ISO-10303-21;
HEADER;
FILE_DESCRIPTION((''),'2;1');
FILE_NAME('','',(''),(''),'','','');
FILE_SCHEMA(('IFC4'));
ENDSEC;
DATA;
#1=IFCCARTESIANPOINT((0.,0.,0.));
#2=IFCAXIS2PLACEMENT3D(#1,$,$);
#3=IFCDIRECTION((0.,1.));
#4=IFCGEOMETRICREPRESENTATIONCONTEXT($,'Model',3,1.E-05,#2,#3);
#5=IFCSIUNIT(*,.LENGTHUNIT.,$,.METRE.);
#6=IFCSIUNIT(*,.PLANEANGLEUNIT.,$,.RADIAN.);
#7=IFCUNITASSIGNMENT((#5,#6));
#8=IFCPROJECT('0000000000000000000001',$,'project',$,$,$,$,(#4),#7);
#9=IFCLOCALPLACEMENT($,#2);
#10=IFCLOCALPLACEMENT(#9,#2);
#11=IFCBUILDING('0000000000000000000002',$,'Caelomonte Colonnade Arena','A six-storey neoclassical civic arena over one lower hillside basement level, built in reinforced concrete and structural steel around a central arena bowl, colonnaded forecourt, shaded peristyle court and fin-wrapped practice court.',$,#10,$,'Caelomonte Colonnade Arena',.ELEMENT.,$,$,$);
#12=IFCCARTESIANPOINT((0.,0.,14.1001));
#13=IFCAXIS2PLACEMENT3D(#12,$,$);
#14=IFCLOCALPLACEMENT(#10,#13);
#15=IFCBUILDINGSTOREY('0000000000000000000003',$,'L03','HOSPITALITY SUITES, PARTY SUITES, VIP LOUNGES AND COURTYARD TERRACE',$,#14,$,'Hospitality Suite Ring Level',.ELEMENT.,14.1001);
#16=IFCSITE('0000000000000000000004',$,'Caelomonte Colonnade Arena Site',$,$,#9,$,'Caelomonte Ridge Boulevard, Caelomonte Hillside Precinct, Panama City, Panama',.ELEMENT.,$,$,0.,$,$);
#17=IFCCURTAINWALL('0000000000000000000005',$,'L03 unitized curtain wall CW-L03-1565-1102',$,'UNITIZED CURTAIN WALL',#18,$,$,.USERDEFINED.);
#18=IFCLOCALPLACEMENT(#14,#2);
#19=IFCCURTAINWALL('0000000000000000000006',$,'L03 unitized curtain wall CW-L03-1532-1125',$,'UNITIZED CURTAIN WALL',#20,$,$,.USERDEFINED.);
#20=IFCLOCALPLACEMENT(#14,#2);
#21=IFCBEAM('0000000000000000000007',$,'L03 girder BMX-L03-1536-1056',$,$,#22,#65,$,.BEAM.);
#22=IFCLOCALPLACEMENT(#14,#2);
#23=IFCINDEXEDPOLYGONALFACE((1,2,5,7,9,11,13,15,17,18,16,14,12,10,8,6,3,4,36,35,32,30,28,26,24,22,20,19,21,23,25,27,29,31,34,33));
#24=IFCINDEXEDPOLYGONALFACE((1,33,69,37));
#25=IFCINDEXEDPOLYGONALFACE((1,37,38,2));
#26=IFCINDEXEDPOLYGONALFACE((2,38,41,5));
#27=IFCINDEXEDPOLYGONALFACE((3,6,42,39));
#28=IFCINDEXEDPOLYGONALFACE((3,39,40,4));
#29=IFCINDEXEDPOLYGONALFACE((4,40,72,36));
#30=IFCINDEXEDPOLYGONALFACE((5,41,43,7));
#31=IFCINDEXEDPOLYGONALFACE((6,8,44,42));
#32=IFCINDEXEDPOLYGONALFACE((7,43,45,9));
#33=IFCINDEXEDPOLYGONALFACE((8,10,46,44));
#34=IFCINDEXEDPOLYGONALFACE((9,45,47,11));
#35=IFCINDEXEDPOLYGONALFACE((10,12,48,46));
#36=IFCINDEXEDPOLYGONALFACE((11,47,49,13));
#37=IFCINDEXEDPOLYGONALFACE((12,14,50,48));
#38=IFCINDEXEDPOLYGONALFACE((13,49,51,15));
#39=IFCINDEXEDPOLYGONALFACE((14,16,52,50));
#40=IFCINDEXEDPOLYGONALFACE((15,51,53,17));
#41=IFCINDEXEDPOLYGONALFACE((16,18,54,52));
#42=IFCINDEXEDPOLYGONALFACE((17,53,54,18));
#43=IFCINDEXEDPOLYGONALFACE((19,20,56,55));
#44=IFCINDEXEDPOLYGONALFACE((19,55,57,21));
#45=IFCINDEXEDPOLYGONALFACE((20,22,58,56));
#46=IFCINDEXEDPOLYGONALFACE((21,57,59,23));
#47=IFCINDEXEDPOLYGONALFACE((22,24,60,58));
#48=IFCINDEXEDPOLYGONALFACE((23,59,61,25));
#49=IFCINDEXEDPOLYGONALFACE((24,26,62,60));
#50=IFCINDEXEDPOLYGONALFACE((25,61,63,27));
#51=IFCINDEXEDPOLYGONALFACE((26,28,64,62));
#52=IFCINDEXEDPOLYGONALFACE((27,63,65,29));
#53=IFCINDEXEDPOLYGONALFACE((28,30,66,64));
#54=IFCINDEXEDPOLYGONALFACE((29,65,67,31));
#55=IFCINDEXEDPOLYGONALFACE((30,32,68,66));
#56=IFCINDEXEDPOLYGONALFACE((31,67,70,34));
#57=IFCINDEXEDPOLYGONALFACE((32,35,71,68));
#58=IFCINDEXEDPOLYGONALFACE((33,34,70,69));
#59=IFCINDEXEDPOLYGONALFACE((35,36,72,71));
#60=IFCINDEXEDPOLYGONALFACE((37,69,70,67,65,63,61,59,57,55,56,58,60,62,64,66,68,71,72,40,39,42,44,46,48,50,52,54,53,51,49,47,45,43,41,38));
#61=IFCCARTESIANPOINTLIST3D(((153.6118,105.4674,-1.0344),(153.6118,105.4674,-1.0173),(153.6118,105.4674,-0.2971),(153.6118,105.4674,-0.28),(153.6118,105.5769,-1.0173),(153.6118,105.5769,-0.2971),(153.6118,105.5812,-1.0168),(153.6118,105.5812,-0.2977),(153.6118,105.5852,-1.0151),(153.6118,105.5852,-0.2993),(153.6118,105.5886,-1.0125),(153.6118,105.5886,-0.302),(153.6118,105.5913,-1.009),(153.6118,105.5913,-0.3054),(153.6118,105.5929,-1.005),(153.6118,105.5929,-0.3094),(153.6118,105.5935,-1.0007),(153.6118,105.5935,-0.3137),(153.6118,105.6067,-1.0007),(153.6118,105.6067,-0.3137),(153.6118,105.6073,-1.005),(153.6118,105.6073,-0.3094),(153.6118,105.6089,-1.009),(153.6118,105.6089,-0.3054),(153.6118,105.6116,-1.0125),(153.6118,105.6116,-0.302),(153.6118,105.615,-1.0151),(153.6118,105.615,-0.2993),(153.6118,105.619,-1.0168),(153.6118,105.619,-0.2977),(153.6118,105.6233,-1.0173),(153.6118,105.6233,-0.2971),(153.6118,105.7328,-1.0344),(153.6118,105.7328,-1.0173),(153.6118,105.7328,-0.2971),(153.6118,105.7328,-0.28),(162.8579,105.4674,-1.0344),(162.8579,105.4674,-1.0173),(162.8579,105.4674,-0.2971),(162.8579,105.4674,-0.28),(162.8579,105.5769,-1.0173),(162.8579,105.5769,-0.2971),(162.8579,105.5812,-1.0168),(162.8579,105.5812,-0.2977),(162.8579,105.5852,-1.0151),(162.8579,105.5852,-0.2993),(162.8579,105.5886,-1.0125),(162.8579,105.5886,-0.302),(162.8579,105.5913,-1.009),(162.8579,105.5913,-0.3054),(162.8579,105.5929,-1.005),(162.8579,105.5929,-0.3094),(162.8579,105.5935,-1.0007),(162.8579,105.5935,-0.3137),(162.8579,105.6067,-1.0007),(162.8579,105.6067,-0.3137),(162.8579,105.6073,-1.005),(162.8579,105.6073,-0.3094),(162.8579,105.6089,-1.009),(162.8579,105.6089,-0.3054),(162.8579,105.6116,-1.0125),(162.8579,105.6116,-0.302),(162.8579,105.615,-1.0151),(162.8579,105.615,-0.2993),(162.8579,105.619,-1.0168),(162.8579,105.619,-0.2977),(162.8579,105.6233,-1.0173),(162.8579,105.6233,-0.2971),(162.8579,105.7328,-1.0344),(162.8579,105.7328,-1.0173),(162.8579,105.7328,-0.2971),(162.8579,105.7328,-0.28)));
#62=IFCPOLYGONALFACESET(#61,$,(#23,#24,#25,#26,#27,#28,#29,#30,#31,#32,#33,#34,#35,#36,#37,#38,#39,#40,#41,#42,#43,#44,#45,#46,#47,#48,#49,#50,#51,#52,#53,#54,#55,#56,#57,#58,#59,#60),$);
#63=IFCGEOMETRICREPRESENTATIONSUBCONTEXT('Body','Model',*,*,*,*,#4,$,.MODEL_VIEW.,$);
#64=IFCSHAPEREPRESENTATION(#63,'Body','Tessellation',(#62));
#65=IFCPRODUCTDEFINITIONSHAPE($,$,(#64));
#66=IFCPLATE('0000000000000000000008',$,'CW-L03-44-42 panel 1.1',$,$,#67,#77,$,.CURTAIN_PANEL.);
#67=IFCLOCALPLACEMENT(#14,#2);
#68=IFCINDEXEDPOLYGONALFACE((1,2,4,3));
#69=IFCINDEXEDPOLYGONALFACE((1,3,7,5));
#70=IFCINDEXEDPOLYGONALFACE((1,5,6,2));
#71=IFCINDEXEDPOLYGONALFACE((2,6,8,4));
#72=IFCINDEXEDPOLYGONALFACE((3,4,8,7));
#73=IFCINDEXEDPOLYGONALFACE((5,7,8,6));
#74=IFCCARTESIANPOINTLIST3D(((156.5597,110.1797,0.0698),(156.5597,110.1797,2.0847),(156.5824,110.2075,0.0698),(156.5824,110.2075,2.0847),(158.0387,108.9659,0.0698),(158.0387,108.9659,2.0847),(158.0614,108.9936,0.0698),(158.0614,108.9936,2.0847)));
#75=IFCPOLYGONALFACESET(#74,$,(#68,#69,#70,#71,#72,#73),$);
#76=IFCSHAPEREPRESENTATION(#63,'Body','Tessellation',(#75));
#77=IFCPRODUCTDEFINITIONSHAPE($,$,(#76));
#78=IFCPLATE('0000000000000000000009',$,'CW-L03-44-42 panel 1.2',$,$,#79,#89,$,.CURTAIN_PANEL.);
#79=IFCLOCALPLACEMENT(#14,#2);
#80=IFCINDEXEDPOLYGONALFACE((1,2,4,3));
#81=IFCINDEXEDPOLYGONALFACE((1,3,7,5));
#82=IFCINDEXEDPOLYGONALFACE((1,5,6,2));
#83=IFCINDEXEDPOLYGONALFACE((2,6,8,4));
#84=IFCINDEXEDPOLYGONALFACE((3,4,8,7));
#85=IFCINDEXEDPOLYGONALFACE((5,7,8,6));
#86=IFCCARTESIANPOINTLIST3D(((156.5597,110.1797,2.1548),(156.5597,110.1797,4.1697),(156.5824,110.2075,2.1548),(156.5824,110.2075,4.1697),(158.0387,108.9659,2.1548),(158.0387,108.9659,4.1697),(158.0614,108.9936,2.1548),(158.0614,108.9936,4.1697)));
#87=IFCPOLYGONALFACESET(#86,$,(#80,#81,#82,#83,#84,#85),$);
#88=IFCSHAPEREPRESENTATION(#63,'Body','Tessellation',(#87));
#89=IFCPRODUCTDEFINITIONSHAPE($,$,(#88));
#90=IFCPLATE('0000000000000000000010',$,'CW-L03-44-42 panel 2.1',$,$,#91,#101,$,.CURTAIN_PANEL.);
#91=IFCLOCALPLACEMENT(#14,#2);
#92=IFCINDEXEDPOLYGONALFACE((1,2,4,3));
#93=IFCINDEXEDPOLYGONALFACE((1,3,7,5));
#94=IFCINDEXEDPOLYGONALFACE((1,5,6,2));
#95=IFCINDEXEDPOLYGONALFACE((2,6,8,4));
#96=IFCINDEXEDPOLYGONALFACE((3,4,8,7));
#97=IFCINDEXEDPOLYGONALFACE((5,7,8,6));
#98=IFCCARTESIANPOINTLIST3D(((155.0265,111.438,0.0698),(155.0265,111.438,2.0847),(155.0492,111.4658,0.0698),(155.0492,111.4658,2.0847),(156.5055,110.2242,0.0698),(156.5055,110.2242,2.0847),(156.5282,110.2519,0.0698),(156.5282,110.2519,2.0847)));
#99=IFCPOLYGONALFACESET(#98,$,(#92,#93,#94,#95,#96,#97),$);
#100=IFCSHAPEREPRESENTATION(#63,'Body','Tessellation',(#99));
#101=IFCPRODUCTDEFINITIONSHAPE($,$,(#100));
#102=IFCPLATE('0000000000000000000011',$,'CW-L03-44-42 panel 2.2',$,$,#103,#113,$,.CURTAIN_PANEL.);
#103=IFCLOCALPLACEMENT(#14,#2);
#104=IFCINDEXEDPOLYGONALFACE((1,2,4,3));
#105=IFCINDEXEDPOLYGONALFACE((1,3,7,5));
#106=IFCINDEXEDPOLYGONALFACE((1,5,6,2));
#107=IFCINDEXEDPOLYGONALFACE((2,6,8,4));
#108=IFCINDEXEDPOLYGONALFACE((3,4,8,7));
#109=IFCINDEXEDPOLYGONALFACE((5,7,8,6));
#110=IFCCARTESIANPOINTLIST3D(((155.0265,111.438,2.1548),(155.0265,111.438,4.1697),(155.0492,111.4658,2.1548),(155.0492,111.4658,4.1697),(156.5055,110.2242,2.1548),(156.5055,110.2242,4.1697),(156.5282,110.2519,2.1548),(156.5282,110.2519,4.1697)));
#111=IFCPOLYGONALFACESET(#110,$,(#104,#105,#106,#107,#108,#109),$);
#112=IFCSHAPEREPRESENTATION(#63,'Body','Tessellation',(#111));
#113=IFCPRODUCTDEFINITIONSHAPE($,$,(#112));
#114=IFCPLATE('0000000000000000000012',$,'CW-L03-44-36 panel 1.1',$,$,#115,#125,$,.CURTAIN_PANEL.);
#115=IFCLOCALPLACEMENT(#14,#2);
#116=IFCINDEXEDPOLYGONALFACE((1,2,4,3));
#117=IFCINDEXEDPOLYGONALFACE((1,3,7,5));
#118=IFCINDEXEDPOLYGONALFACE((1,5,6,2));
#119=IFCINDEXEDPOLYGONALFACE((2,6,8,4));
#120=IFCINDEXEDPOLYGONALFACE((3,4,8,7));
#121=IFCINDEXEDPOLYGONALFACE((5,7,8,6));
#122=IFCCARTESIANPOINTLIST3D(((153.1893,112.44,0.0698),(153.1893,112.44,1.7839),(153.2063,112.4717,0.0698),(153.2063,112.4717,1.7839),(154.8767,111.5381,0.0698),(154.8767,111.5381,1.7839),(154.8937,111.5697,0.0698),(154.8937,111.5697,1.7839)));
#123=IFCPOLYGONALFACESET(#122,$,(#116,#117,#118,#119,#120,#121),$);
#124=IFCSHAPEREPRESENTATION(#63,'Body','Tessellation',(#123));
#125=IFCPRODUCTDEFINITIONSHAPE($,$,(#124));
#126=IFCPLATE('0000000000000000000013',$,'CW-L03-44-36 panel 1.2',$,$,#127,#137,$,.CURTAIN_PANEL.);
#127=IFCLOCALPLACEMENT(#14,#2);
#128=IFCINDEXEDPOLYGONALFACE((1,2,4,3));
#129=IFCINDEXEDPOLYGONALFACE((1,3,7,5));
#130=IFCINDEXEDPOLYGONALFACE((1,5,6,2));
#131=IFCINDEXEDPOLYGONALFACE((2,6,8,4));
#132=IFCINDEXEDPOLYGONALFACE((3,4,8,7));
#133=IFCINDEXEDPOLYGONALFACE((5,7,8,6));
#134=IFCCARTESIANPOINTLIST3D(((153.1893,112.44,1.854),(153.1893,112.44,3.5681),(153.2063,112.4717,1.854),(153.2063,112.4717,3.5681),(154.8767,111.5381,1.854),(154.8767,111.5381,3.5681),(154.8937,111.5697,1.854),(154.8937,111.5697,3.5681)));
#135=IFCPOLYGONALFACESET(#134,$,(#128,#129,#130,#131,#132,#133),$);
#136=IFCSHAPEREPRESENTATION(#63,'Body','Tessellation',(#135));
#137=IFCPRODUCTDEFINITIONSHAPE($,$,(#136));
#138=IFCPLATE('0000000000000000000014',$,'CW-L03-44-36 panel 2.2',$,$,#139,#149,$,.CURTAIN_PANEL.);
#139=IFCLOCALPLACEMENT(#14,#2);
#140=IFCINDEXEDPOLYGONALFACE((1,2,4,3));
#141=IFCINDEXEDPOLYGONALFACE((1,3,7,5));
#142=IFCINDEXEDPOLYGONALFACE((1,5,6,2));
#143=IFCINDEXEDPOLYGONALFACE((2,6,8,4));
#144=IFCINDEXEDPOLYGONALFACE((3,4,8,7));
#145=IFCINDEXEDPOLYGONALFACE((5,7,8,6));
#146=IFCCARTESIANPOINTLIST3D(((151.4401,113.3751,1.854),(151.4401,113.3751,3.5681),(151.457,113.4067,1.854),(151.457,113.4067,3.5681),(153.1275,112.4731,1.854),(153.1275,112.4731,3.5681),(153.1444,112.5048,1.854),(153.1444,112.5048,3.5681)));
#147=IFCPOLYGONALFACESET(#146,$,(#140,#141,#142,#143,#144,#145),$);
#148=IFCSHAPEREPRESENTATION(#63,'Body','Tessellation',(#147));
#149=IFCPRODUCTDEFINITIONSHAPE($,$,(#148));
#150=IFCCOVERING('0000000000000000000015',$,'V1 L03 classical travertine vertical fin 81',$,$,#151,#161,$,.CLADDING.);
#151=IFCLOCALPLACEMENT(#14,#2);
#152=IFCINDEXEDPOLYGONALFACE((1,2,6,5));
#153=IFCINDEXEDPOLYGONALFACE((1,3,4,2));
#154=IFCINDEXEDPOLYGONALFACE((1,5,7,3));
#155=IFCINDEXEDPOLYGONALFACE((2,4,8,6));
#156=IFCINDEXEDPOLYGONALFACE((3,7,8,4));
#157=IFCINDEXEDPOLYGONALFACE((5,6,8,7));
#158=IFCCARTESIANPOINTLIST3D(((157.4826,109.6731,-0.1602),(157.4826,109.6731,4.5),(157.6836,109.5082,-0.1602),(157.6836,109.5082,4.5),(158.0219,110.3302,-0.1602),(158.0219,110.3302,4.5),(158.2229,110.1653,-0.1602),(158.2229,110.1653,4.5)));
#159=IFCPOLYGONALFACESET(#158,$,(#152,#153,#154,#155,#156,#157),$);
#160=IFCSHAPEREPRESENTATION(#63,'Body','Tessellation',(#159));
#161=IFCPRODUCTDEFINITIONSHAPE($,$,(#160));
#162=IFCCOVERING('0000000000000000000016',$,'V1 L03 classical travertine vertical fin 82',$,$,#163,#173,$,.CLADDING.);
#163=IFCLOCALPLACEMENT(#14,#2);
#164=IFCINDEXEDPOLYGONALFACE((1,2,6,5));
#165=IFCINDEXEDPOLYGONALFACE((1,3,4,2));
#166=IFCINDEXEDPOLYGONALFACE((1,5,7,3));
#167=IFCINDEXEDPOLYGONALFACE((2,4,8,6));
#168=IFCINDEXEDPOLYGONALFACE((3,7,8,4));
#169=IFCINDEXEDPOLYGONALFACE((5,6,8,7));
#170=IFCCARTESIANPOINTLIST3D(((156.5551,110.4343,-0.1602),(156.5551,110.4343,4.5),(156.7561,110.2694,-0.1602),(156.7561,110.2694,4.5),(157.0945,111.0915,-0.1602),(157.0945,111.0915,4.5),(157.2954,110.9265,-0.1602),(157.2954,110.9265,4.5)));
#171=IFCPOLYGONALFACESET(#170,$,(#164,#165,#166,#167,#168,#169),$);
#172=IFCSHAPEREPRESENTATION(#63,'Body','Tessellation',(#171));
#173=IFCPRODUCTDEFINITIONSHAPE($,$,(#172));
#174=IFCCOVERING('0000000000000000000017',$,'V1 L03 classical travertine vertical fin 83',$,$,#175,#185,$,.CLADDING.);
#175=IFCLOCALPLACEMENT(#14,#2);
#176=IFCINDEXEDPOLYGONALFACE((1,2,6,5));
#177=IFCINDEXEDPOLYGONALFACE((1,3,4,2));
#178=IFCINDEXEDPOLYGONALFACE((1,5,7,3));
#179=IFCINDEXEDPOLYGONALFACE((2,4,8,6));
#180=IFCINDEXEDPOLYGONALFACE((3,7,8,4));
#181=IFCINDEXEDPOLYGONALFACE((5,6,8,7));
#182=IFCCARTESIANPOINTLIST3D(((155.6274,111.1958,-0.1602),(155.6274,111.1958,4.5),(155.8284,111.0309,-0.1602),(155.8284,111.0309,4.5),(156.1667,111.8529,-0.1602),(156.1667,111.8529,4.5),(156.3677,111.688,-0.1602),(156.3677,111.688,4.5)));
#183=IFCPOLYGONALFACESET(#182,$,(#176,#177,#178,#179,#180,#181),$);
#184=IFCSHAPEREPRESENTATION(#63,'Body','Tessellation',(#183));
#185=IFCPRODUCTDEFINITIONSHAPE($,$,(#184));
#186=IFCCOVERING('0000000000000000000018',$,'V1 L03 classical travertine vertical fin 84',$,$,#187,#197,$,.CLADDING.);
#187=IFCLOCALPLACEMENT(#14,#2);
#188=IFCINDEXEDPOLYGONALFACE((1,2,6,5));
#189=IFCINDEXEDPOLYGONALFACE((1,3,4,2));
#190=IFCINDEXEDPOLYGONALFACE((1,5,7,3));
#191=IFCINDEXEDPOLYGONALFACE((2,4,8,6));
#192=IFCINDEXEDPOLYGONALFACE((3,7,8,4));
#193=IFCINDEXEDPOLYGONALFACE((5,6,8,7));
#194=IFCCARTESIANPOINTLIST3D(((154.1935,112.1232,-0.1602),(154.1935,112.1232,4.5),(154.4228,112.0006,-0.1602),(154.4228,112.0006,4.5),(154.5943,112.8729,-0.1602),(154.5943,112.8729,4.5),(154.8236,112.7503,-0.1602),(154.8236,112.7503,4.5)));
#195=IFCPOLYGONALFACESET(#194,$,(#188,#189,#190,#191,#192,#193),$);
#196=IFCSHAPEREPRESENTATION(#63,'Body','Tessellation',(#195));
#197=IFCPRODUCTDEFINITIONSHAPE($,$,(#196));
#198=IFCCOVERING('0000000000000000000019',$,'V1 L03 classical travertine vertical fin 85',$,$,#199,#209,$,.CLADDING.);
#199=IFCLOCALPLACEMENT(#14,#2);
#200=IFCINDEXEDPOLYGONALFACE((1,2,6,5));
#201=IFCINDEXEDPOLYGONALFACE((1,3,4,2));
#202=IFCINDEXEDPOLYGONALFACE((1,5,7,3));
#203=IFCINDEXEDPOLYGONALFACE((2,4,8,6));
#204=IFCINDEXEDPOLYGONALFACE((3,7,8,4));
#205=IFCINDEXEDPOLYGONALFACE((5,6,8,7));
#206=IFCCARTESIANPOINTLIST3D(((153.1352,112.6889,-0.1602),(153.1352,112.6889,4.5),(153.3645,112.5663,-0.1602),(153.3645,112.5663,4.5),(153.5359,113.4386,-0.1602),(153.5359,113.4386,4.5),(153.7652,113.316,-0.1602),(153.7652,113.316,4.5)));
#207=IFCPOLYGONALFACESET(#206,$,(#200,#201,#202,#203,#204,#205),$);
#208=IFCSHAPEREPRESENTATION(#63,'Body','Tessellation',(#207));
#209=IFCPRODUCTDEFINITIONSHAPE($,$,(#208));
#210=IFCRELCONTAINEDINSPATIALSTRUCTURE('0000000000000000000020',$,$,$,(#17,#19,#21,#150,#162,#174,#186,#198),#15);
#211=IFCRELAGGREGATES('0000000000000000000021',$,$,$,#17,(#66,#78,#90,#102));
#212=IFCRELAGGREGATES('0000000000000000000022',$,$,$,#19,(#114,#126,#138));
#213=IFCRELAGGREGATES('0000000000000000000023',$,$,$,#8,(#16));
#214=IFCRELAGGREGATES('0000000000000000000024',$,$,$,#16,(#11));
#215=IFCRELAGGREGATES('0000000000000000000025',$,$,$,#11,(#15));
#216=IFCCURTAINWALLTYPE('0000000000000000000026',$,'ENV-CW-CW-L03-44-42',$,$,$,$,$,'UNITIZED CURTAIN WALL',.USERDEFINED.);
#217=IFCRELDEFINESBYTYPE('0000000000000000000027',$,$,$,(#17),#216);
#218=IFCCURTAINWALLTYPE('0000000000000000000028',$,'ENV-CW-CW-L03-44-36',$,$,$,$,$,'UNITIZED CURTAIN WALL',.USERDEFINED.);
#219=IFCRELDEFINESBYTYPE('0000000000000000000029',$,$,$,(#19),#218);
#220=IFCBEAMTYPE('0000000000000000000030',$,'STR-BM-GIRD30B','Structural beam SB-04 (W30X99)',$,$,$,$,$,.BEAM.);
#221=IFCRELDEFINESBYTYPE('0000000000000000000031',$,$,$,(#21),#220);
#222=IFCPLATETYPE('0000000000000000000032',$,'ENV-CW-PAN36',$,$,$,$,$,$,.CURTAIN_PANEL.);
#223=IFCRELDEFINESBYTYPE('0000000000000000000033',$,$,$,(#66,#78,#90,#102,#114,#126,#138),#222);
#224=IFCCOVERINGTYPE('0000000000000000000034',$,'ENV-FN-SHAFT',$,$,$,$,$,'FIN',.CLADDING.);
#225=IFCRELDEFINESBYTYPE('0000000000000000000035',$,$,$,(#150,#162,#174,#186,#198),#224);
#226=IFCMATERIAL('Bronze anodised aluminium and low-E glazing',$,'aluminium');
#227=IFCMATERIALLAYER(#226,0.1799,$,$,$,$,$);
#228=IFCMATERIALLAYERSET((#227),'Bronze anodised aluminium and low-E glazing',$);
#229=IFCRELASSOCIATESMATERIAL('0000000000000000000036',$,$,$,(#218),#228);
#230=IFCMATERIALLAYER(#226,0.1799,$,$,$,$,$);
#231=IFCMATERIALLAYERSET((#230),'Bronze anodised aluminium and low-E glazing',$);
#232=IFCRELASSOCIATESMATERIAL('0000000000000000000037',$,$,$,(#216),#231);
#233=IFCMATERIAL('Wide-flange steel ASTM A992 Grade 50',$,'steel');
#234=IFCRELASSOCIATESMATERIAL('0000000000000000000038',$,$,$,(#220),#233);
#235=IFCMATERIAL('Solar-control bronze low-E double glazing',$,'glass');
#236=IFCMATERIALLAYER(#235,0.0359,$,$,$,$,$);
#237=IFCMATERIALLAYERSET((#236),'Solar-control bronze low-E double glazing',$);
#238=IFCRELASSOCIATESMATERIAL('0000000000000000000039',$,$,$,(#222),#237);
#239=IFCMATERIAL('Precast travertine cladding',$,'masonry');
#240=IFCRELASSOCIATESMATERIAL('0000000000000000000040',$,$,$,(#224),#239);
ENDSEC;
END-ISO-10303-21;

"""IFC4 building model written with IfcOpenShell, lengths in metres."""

from ifc_helpers import new_model, si_unit, direction, frame, origin, origin_2d, place, context, subcontext, project, spatial, rectangle, i_section, extrude, material, layer, layer_set, material_profile, profile_set, type_object, element, aggregate, save


model = new_model("IFC4")

# Units and contexts
model_context = context("Model", 3, precision=1e-05, world=origin(), true_north=direction((0.0, 1.0)))
body_context = subcontext(model_context, "Body", "Model", "MODEL_VIEW")
ifc_project = project(units=[si_unit("LENGTHUNIT", "METRE"), si_unit("PLANEANGLEUNIT", "RADIAN")], contexts=[model_context])

# Site, building, storey
site_placement = place(None, origin())
site = spatial("IfcSite", under=ifc_project, at=site_placement, Name="Caelomonte Colonnade Arena Site", LongName="Caelomonte Ridge Boulevard, Caelomonte Hillside Precinct, Panama City, Panama", CompositionType="ELEMENT", RefElevation=0.0)
building_placement = place(site_placement, origin())
building = spatial("IfcBuilding", under=site, at=building_placement, Name="Caelomonte Colonnade Arena", Description="A six-storey neoclassical civic arena over one lower hillside basement level, built in reinforced concrete and structural steel around a central arena bowl, colonnaded forecourt, shaded peristyle court and fin-wrapped practice court.", LongName="Caelomonte Colonnade Arena", CompositionType="ELEMENT")
storey_placement = place(building_placement, frame((0.0, 0.0, 14.1001)))
storey = spatial("IfcBuildingStorey", under=building, at=storey_placement, Name="L03", Description="HOSPITALITY SUITES, PARTY SUITES, VIP LOUNGES AND COURTYARD TERRACE", LongName="Hospitality Suite Ring Level", CompositionType="ELEMENT", Elevation=14.1001)

# Shared definitions
ifc_material_1 = material(Name="Wide-flange steel ASTM A992 Grade 50", Category="steel")

# Shared definitions
ifc_material_2 = material(Name="Bronze anodised aluminium and low-E glazing", Category="aluminium")
ifc_layer_1 = layer(ifc_material_2, 0.1799)
ifc_layer_set_1 = layer_set([ifc_layer_1], Name="Bronze anodised aluminium and low-E glazing")
curtain_wall_type_1 = type_object("IfcCurtainWallType", Name="ENV-CW-CW-L03-44-36", ElementType="UNITIZED CURTAIN WALL", PredefinedType="USERDEFINED", material=ifc_layer_set_1)

# Curtain walls
ifc_layer_2 = layer(ifc_material_2, 0.1799)
ifc_layer_set_2 = layer_set([ifc_layer_2], Name="Bronze anodised aluminium and low-E glazing")
curtain_wall_type_2 = type_object("IfcCurtainWallType", Name="ENV-CW-CW-L03-44-42", ElementType="UNITIZED CURTAIN WALL", PredefinedType="USERDEFINED", material=ifc_layer_set_2)
curtain_wall_1_placement = place(storey_placement, origin())
curtain_wall_1 = element("IfcCurtainWall", 1, at=curtain_wall_1_placement, inside=storey, type_object=curtain_wall_type_2, Name="L03 unitized curtain wall CW-L03-1565-1102", ObjectType="UNITIZED CURTAIN WALL", PredefinedType="USERDEFINED")
curtain_wall_2_placement = place(storey_placement, origin())
curtain_wall_2 = element("IfcCurtainWall", 2, at=curtain_wall_2_placement, inside=storey, type_object=curtain_wall_type_1, Name="L03 unitized curtain wall CW-L03-1532-1125", ObjectType="UNITIZED CURTAIN WALL", PredefinedType="USERDEFINED")

# Beam
ifc_material_profile_1 = material_profile(ifc_material_1, i_section(OverallWidth=0.2654, OverallDepth=0.7544, WebThickness=0.0132, FlangeThickness=0.0171, FilletRadius=0.0166, at=origin_2d()), Name="W30X99")
ifc_profile_set_1 = profile_set([ifc_material_profile_1], Name="Wide-flange steel ASTM A992 Grade 50")
beam_type_1 = type_object("IfcBeamType", Name="STR-BM-GIRD30B", Description="Structural beam SB-04 (W30X99)", PredefinedType="BEAM", material=ifc_profile_set_1)
beam_1_placement = place(storey_placement, frame((153.6118, 105.6001, -0.6572), z_axis=(1.0, 0.0, 0.0), x_axis=(0.0, 1.0, 0.0)))
element("IfcBeam", 3, at=beam_1_placement, inside=storey, type_object=beam_type_1, Name="L03 girder BMX-L03-1536-1056", PredefinedType="BEAM", context=body_context, shape_type="SweptSolid", body=[
    extrude(i_section(OverallWidth=0.2654, OverallDepth=0.7544, WebThickness=0.0132, FlangeThickness=0.0171, FilletRadius=0.0166, at=origin_2d()), origin(), (0.0, 0.0, 1.0), 9.2461),
])

# Plates
ifc_material_3 = material(Name="Solar-control bronze low-E double glazing", Category="glass")
ifc_layer_3 = layer(ifc_material_3, 0.0359)
ifc_layer_set_3 = layer_set([ifc_layer_3], Name="Solar-control bronze low-E double glazing")
plate_type = type_object("IfcPlateType", Name="ENV-CW-PAN36", PredefinedType="CURTAIN_PANEL", material=ifc_layer_set_3)
plate_1_placement = place(storey_placement, frame((157.3105, 109.5867, 0.0698), z_axis=(0.0, 0.0, 1.0), x_axis=(-0.772992, 0.634416, 0.0)))
plate_1 = element("IfcPlate", 4, at=plate_1_placement, type_object=plate_type, Name="CW-L03-44-42 panel 1.1", PredefinedType="CURTAIN_PANEL", context=body_context, shape_type="SweptSolid", body=[
    extrude(rectangle(XDim=1.9133, YDim=0.0359, at=origin_2d()), origin(), (0.0, 0.0, 1.0), 2.0149),
])
plate_2_placement = place(storey_placement, frame((157.3105, 109.5867, 2.1548), z_axis=(0.0, 0.0, 1.0), x_axis=(-0.772992, 0.634416, 0.0)))
plate_2 = element("IfcPlate", 5, at=plate_2_placement, type_object=plate_type, Name="CW-L03-44-42 panel 1.2", PredefinedType="CURTAIN_PANEL", context=body_context, shape_type="SweptSolid", body=[
    extrude(rectangle(XDim=1.9133, YDim=0.0359, at=origin_2d()), origin(), (0.0, 0.0, 1.0), 2.0149),
])
plate_3_placement = place(storey_placement, frame((155.7773, 110.845, 0.0698), z_axis=(0.0, 0.0, 1.0), x_axis=(-0.772992, 0.634416, 0.0)))
plate_3 = element("IfcPlate", 6, at=plate_3_placement, type_object=plate_type, Name="CW-L03-44-42 panel 2.1", PredefinedType="CURTAIN_PANEL", context=body_context, shape_type="SweptSolid", body=[
    extrude(rectangle(XDim=1.9133, YDim=0.0359, at=origin_2d()), origin(), (0.0, 0.0, 1.0), 2.0149),
])
plate_4_placement = place(storey_placement, frame((155.7773, 110.845, 2.1548), z_axis=(0.0, 0.0, 1.0), x_axis=(-0.772992, 0.634416, 0.0)))
plate_4 = element("IfcPlate", 7, at=plate_4_placement, type_object=plate_type, Name="CW-L03-44-42 panel 2.2", PredefinedType="CURTAIN_PANEL", context=body_context, shape_type="SweptSolid", body=[
    extrude(rectangle(XDim=1.9133, YDim=0.0359, at=origin_2d()), origin(), (0.0, 0.0, 1.0), 2.0149),
])
aggregate(curtain_wall_1, [plate_1, plate_2, plate_3, plate_4])
plate_5_placement = place(storey_placement, frame((154.0415, 112.0049, 0.0698), z_axis=(0.0, 0.0, 1.0), x_axis=(-0.881923, 0.471394, 0.0)))
plate_5 = element("IfcPlate", 8, at=plate_5_placement, type_object=plate_type, Name="CW-L03-44-36 panel 1.1", PredefinedType="CURTAIN_PANEL", context=body_context, shape_type="SweptSolid", body=[
    extrude(rectangle(XDim=1.9133, YDim=0.0359, at=origin_2d()), origin(), (0.0, 0.0, 1.0), 1.7141),
])
plate_6_placement = place(storey_placement, frame((154.0415, 112.0049, 1.854), z_axis=(0.0, 0.0, 1.0), x_axis=(-0.881923, 0.471394, 0.0)))
plate_6 = element("IfcPlate", 9, at=plate_6_placement, type_object=plate_type, Name="CW-L03-44-36 panel 1.2", PredefinedType="CURTAIN_PANEL", context=body_context, shape_type="SweptSolid", body=[
    extrude(rectangle(XDim=1.9133, YDim=0.0359, at=origin_2d()), origin(), (0.0, 0.0, 1.0), 1.7141),
])
plate_7_placement = place(storey_placement, frame((152.2922, 112.9399, 1.854), z_axis=(0.0, 0.0, 1.0), x_axis=(-0.881923, 0.471394, 0.0)))
plate_7 = element("IfcPlate", 10, at=plate_7_placement, type_object=plate_type, Name="CW-L03-44-36 panel 2.2", PredefinedType="CURTAIN_PANEL", context=body_context, shape_type="SweptSolid", body=[
    extrude(rectangle(XDim=1.9133, YDim=0.0359, at=origin_2d()), origin(), (0.0, 0.0, 1.0), 1.7141),
])
aggregate(curtain_wall_2, [plate_5, plate_6, plate_7])

# Coverings
ifc_material_4 = material(Name="Precast travertine cladding", Category="masonry")
ifc_material_profile_2 = material_profile(ifc_material_4, rectangle(XDim=0.26, YDim=0.8501, at=origin_2d()), Name="FIN260X850")
ifc_profile_set_2 = profile_set([ifc_material_profile_2], Name="Precast travertine cladding")
covering_type = type_object("IfcCoveringType", Name="ENV-FN-SHAFT", ElementType="FIN", PredefinedType="CLADDING", material=ifc_profile_set_2)
for number, where, z_axis, x_axis, name in (
    (11, (157.8528, 109.9192, -0.1602), (0.0, 0.0, 1.0), (0.772994, -0.634414, 0.0), "V1 L03 classical travertine vertical fin 81"),
    (12, (156.9253, 110.6804, -0.1602), (0.0, 0.0, 1.0), (0.772994, -0.634414, 0.0), "V1 L03 classical travertine vertical fin 82"),
    (13, (155.9976, 111.4419, -0.1602), (0.0, 0.0, 1.0), (0.772994, -0.634414, 0.0), "V1 L03 classical travertine vertical fin 83"),
    (14, (154.5085, 112.4368, -0.1602), (0.0, 0.0, 1.0), (0.881921, -0.471397, 0.0), "V1 L03 classical travertine vertical fin 84"),
    (15, (153.4502, 113.0024, -0.1602), (0.0, 0.0, 1.0), (0.881921, -0.471397, 0.0), "V1 L03 classical travertine vertical fin 85"),
):
    element("IfcCovering", number, at=place(storey_placement, frame(where, z_axis=z_axis, x_axis=x_axis)), inside=storey, type_object=covering_type, Name=name, PredefinedType="CLADDING", context=body_context, shape_type="SweptSolid", body=[
        extrude(rectangle(XDim=0.26, YDim=0.8501, at=origin_2d()), origin(), (0.0, 0.0, 1.0), 4.6602),
    ])

save(model, "model.ifc")
